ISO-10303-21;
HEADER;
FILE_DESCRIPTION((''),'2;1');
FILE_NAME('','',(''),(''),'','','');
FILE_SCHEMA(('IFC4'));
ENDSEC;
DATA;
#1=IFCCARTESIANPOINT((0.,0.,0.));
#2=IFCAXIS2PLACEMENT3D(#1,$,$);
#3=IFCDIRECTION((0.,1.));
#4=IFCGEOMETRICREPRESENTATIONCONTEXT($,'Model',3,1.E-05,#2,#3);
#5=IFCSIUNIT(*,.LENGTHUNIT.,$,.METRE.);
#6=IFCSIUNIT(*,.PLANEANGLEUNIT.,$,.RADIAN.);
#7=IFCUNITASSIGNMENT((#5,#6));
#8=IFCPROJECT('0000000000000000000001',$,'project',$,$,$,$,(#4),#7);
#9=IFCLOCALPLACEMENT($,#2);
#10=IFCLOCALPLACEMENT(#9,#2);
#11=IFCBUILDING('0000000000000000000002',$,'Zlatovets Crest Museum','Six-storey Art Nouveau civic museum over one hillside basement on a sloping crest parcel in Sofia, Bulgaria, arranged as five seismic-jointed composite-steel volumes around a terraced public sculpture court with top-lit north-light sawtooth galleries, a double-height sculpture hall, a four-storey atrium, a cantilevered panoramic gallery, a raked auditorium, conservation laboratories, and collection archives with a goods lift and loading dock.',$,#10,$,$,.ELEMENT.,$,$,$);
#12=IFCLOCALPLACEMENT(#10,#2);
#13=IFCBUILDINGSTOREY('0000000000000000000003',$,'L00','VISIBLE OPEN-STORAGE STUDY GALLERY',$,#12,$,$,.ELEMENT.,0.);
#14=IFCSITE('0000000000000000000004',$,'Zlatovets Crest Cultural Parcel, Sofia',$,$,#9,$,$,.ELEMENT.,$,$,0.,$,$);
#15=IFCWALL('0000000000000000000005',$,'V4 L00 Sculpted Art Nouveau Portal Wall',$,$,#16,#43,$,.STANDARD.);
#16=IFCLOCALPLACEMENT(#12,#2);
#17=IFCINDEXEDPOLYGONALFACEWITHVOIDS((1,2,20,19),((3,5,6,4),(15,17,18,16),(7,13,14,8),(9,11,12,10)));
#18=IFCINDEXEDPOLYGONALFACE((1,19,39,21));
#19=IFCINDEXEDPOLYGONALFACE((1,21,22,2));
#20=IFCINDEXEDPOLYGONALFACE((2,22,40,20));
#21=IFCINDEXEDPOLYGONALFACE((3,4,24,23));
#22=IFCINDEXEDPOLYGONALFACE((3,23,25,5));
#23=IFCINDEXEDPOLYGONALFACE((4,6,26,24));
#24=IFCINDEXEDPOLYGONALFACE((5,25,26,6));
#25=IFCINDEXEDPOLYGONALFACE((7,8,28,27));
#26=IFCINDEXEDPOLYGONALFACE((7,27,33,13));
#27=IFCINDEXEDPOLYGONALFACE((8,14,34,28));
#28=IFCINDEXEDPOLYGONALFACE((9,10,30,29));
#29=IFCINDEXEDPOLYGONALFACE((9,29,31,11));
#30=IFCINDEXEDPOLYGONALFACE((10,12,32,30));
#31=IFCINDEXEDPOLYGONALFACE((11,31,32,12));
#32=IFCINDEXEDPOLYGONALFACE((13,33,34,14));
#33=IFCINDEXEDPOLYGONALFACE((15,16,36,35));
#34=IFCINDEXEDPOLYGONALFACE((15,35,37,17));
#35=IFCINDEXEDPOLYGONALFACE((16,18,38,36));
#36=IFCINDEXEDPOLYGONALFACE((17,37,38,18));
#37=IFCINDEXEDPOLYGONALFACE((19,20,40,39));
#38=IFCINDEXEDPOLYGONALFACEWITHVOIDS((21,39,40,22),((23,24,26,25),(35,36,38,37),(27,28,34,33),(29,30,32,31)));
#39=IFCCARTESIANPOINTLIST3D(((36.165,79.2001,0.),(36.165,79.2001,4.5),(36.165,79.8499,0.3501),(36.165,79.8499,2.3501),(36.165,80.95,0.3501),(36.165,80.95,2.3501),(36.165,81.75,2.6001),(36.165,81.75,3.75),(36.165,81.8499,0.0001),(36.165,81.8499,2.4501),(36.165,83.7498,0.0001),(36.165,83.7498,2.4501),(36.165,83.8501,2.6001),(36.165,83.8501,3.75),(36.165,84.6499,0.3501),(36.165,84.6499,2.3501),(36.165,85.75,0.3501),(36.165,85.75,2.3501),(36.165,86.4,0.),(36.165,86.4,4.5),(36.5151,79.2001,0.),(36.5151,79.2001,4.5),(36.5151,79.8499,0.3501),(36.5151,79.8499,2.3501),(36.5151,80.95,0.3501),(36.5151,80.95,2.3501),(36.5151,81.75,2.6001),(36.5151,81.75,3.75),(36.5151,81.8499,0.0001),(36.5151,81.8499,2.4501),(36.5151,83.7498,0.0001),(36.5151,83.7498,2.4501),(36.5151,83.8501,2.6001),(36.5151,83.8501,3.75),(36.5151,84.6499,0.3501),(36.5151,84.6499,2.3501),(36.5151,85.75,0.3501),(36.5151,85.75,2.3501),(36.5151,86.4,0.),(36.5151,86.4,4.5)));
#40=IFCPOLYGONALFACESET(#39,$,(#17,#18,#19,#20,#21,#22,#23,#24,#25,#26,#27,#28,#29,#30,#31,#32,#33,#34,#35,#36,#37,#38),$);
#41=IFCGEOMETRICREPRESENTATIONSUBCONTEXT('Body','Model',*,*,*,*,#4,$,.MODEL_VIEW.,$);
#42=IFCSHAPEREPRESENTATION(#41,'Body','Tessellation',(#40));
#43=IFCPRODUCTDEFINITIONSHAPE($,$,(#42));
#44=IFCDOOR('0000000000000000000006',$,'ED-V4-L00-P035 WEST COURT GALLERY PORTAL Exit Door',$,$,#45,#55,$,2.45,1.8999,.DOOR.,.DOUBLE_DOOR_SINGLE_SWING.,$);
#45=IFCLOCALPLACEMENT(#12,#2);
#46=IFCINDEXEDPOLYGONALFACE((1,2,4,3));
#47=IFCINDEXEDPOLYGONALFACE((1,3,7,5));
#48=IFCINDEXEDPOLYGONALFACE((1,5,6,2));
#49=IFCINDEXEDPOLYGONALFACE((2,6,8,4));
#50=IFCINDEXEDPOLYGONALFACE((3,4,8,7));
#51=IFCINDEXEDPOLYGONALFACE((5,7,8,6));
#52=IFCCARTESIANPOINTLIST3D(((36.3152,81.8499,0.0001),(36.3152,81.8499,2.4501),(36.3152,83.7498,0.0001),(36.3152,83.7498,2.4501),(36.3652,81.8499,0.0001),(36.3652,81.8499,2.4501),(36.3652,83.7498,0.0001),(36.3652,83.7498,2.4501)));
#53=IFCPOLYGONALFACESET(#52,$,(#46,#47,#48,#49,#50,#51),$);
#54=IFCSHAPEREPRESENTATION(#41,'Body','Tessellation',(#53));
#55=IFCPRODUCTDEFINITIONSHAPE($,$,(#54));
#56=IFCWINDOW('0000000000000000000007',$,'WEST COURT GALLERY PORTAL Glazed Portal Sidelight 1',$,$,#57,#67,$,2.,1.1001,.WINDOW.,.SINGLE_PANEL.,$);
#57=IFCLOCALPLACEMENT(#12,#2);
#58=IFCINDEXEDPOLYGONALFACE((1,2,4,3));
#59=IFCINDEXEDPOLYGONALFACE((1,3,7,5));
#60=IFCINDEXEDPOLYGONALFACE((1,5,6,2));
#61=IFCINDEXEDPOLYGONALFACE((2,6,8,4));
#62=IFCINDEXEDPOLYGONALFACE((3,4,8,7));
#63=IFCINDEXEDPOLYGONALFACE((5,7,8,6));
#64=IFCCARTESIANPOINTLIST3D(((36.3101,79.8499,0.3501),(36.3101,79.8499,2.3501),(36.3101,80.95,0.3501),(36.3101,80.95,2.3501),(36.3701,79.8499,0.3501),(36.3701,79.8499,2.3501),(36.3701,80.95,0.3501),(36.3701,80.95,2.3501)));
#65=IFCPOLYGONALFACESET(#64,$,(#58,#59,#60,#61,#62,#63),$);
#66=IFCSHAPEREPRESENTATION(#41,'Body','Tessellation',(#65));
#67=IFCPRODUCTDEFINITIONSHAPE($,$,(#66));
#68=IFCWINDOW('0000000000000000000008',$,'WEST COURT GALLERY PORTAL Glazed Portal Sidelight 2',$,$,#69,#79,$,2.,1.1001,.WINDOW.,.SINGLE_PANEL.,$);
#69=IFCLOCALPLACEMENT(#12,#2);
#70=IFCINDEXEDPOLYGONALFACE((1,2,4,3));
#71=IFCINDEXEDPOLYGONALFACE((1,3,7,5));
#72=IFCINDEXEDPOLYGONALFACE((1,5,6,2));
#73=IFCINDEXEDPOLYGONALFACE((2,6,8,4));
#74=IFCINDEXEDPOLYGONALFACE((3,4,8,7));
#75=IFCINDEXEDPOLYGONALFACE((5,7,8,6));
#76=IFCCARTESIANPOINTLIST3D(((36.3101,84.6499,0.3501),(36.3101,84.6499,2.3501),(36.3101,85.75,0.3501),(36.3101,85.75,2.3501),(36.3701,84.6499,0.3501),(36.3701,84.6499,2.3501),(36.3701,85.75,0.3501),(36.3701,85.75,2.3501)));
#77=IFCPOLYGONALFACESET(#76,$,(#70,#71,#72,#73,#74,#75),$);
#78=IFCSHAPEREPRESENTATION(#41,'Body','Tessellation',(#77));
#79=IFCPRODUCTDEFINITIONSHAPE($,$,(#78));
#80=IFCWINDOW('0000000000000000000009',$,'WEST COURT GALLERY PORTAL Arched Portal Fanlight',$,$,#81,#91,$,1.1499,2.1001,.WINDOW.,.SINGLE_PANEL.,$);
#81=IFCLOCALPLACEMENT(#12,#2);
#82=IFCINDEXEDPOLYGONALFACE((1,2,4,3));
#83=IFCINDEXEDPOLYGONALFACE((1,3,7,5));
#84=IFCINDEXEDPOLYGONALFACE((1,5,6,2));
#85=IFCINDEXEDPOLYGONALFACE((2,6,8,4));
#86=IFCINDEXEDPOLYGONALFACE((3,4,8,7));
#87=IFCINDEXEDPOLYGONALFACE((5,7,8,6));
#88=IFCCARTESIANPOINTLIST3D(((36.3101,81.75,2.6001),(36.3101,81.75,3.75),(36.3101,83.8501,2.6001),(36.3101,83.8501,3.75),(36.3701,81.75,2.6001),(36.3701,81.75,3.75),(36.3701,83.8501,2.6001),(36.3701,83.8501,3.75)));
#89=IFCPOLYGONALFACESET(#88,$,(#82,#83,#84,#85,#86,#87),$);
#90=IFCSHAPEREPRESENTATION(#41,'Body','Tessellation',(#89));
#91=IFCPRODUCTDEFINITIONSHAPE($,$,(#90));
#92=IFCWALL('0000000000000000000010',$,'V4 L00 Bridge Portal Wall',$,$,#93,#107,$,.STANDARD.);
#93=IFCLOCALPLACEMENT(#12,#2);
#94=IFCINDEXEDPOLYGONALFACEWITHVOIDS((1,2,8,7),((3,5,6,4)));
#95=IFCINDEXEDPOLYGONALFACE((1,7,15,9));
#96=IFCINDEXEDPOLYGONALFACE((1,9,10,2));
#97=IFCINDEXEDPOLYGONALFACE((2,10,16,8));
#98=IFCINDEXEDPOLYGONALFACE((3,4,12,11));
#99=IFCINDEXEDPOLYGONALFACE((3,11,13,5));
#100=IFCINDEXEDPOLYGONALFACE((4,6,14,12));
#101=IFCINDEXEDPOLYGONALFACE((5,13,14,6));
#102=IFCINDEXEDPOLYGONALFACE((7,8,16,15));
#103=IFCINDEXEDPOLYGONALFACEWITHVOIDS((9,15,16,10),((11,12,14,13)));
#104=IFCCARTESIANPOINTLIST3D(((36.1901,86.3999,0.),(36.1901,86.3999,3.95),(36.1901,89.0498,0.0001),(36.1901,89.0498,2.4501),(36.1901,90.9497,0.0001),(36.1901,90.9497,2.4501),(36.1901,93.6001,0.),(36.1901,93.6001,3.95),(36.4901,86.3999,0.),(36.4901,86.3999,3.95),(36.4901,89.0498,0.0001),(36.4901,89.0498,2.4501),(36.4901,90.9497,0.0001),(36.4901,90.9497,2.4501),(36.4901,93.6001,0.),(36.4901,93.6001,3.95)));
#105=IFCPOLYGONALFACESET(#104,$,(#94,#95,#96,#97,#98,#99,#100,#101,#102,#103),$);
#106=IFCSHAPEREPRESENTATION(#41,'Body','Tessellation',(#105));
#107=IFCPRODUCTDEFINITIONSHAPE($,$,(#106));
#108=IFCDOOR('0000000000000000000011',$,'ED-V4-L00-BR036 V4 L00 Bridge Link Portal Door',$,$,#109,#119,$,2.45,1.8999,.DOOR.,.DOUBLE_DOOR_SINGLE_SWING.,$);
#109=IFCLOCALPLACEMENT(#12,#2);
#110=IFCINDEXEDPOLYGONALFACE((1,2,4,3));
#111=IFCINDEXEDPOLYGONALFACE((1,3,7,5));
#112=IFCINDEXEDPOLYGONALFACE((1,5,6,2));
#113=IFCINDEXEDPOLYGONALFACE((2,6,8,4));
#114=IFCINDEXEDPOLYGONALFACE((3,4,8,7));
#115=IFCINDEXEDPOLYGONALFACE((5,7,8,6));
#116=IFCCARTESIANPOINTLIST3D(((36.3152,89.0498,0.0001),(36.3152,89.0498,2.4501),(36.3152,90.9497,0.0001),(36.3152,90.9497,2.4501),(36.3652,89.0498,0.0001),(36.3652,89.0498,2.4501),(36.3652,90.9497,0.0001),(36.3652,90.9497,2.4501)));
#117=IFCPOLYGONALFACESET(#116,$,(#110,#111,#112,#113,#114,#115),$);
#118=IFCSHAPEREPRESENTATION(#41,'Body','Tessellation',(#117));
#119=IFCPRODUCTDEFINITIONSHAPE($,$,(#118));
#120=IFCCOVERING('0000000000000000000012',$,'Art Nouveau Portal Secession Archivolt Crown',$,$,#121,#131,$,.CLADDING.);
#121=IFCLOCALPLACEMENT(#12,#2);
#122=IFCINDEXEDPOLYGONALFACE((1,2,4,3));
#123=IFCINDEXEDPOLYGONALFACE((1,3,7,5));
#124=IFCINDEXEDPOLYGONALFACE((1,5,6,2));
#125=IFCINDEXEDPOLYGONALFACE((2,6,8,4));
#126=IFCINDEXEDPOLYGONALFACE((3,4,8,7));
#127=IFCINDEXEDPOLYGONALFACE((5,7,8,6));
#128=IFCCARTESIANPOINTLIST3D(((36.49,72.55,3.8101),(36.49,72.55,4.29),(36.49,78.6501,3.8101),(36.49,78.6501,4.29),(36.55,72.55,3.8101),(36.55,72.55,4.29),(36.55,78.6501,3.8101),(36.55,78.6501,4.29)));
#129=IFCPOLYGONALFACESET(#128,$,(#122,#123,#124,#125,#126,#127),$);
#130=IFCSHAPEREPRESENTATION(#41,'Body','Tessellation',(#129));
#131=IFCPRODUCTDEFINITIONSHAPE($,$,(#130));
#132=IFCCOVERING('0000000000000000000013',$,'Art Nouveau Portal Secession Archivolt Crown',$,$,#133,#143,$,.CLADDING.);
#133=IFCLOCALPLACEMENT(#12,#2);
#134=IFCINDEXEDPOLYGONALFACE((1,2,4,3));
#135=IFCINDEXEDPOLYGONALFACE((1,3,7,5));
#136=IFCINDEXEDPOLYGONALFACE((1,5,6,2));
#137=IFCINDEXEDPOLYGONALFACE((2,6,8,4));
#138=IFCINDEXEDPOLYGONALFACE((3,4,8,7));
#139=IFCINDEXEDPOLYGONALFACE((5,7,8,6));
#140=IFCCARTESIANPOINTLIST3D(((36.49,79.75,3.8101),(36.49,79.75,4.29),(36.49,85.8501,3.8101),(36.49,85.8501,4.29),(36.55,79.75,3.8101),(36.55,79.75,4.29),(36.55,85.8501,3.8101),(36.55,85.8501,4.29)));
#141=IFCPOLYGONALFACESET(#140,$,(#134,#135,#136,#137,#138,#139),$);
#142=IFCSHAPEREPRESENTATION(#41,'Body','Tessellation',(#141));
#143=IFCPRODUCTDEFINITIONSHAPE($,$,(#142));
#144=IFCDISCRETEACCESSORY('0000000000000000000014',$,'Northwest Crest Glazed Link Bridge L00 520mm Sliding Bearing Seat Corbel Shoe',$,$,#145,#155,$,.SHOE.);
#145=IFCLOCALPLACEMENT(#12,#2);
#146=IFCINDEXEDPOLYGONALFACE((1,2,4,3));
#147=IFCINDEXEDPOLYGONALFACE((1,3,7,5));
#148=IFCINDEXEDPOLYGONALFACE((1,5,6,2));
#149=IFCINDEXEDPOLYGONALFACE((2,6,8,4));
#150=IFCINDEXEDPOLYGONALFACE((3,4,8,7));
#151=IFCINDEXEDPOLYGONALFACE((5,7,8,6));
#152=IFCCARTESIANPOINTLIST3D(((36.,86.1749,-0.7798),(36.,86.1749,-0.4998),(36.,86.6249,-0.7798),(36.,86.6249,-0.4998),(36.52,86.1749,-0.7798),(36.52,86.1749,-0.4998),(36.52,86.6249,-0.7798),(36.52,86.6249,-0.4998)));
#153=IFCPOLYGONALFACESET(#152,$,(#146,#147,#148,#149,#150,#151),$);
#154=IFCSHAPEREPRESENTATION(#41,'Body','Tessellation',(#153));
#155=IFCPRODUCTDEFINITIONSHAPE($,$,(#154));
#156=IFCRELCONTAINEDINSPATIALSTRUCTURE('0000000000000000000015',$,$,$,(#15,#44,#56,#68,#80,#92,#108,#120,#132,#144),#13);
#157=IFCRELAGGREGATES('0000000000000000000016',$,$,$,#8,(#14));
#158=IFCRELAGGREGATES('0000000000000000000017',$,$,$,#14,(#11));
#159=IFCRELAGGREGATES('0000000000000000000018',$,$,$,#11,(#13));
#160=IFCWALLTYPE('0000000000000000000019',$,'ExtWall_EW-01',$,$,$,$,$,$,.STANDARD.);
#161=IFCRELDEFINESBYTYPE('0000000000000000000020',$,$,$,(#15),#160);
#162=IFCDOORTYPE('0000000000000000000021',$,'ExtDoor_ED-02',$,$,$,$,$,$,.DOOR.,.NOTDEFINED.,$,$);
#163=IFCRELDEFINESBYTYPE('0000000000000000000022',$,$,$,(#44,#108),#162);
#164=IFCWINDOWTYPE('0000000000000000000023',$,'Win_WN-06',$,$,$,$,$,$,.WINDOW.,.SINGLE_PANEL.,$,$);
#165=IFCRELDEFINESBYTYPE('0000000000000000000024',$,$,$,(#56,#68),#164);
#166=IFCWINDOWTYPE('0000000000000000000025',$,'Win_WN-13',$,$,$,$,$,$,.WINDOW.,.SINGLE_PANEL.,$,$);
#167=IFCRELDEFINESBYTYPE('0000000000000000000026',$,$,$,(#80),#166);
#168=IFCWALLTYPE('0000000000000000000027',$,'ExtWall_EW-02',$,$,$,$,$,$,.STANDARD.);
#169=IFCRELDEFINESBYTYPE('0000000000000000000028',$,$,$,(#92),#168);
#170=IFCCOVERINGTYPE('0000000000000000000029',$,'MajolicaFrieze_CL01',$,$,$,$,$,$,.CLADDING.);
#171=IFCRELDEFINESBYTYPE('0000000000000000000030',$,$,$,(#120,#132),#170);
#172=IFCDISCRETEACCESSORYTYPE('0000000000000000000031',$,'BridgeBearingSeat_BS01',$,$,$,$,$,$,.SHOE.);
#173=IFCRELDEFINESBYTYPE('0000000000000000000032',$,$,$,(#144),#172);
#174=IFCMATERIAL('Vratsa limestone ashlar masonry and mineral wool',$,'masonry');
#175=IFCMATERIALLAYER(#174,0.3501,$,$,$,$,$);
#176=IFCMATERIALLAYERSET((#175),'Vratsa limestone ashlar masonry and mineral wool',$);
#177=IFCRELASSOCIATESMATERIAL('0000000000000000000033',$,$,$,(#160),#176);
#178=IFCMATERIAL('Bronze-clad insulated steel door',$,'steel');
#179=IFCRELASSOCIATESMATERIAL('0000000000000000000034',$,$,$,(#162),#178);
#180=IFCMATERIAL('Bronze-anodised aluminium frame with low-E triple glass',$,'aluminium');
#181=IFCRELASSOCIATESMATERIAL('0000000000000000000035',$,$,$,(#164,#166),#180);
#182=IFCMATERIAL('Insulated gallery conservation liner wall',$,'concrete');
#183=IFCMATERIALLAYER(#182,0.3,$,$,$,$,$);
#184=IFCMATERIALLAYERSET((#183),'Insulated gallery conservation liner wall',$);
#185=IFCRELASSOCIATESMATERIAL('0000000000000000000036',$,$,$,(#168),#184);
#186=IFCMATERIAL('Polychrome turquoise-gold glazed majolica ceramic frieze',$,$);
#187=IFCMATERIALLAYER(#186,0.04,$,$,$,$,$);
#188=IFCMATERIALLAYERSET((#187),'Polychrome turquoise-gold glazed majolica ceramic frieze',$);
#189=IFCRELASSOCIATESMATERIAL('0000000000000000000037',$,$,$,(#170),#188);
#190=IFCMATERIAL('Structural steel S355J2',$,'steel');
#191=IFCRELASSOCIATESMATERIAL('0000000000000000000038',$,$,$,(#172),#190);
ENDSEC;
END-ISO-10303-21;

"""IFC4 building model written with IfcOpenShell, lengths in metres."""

from ifc_helpers import new_model, si_unit, direction, frame, frame_2d, origin, origin_2d, place, context, subcontext, project, spatial, rectangle, extrude, material, layer, layer_set, type_object, element, fill, save


model = new_model("IFC4")

# Units and contexts
model_context = context("Model", 3, precision=1e-05, world=origin(), true_north=direction((0.0, 1.0)))
body_context = subcontext(model_context, "Body", "Model", "MODEL_VIEW")
ifc_project = project(units=[si_unit("LENGTHUNIT", "METRE"), si_unit("PLANEANGLEUNIT", "RADIAN")], contexts=[model_context])

# Site, building, storey
site_placement = place(None, origin())
site = spatial("IfcSite", under=ifc_project, at=site_placement, Name="Zlatovets Crest Cultural Parcel, Sofia", CompositionType="ELEMENT", RefElevation=0.0)
building_placement = place(site_placement, origin())
building = spatial("IfcBuilding", under=site, at=building_placement, Name="Zlatovets Crest Museum", Description="Six-storey Art Nouveau civic museum over one hillside basement on a sloping crest parcel in Sofia, Bulgaria, arranged as five seismic-jointed composite-steel volumes around a terraced public sculpture court with top-lit north-light sawtooth galleries, a double-height sculpture hall, a four-storey atrium, a cantilevered panoramic gallery, a raked auditorium, conservation laboratories, and collection archives with a goods lift and loading dock.", CompositionType="ELEMENT")
storey_placement = place(building_placement, origin())
storey = spatial("IfcBuildingStorey", under=building, at=storey_placement, Name="L00", Description="VISIBLE OPEN-STORAGE STUDY GALLERY", CompositionType="ELEMENT", Elevation=0.0)

# Shared definitions
ifc_material_1 = material(Name="Structural steel S355J2", Category="steel")

# Wall, openings, door, windows
ifc_material_2 = material(Name="Vratsa limestone ashlar masonry and mineral wool", Category="masonry")
ifc_layer_1 = layer(ifc_material_2, 0.3501)
ifc_layer_set_1 = layer_set([ifc_layer_1], Name="Vratsa limestone ashlar masonry and mineral wool")
wall_type_1 = type_object("IfcWallType", Name="ExtWall_EW-01", PredefinedType="STANDARD", material=ifc_layer_set_1)
ifc_material_3 = material(Name="Bronze-clad insulated steel door", Category="steel")
door_type = type_object("IfcDoorType", Name="ExtDoor_ED-02", OperationType="NOTDEFINED", PredefinedType="DOOR", material=ifc_material_3)
ifc_material_4 = material(Name="Bronze-anodised aluminium frame with low-E triple glass", Category="aluminium")
window_type_1 = type_object("IfcWindowType", Name="Win_WN-06", PartitioningType="SINGLE_PANEL", PredefinedType="WINDOW", material=ifc_material_4)
window_type_2 = type_object("IfcWindowType", Name="Win_WN-13", PartitioningType="SINGLE_PANEL", PredefinedType="WINDOW", material=ifc_material_4)
wall_1_placement = place(storey_placement, frame((36.3401, 79.2, 0.0), z_axis=(0.0, 0.0, 1.0), x_axis=(0.0, 1.0, 0.0)))
wall_1 = element("IfcWall", 1, at=wall_1_placement, inside=storey, type_object=wall_type_1, Name="V4 L00 Sculpted Art Nouveau Portal Wall", PredefinedType="STANDARD", context=body_context, shape_type="SweptSolid", body=[
    extrude(rectangle(XDim=7.2, YDim=0.3501, at=frame_2d((3.6001, 0.0))), origin(), (0.0, 0.0, 1.0), 4.5),
])
opening_1_placement = place(wall_1_placement, frame((2.6499, 0.0, 0.0)))
opening_1 = element("IfcOpeningElement", 2, at=opening_1_placement, cuts=wall_1, PredefinedType="OPENING", context=body_context, shape_type="SweptSolid", body=[
    extrude(rectangle(XDim=1.8999, YDim=2.45, at=frame_2d((0.95, 1.2251))), frame((0.0, 0.1851, 0.0), z_axis=(0.0, -1.0, 0.0), x_axis=(1.0, 0.0, 0.0)), (0.0, 0.0, 1.0), 0.3701),
])
opening_2_placement = place(wall_1_placement, frame((2.55, 0.0, 2.6001)))
opening_2 = element("IfcOpeningElement", 3, at=opening_2_placement, cuts=wall_1, PredefinedType="OPENING", context=body_context, shape_type="SweptSolid", body=[
    extrude(rectangle(XDim=2.1001, YDim=1.1499, at=frame_2d((1.05, 0.575))), frame((0.0, 0.1851, 0.0), z_axis=(0.0, -1.0, 0.0), x_axis=(1.0, 0.0, 0.0)), (0.0, 0.0, 1.0), 0.3701),
])
opening_3_placement = place(wall_1_placement, frame((0.6499, 0.0, 0.3501)))
opening_3 = element("IfcOpeningElement", 4, at=opening_3_placement, cuts=wall_1, PredefinedType="OPENING", context=body_context, shape_type="SweptSolid", body=[
    extrude(rectangle(XDim=1.1001, YDim=2.0, at=frame_2d((0.55, 1.0))), frame((0.0, 0.1851, 0.0), z_axis=(0.0, -1.0, 0.0), x_axis=(1.0, 0.0, 0.0)), (0.0, 0.0, 1.0), 0.3701),
])
opening_4_placement = place(wall_1_placement, frame((5.45, 0.0, 0.3501)))
opening_4 = element("IfcOpeningElement", 5, at=opening_4_placement, cuts=wall_1, PredefinedType="OPENING", context=body_context, shape_type="SweptSolid", body=[
    extrude(rectangle(XDim=1.1001, YDim=2.0, at=frame_2d((0.55, 1.0))), frame((0.0, 0.1851, 0.0), z_axis=(0.0, -1.0, 0.0), x_axis=(1.0, 0.0, 0.0)), (0.0, 0.0, 1.0), 0.3701),
])
door_1_placement = place(opening_1_placement, origin())
door_1 = element("IfcDoor", 6, at=door_1_placement, inside=storey, type_object=door_type, Name="ED-V4-L00-P035 WEST COURT GALLERY PORTAL Exit Door", OperationType="DOUBLE_DOOR_SINGLE_SWING", OverallHeight=2.45, OverallWidth=1.8999, PredefinedType="DOOR", context=body_context, shape_type="SweptSolid", body=[
    extrude(rectangle(XDim=1.8999, YDim=2.45, at=frame_2d((0.95, 1.2251))), frame((0.0, 0.0249, 0.0), z_axis=(0.0, -1.0, 0.0), x_axis=(1.0, 0.0, 0.0)), (0.0, 0.0, 1.0), 0.05),
])
fill(opening_1, door_1)
window_1_placement = place(opening_3_placement, origin())
window_1 = element("IfcWindow", 7, at=window_1_placement, inside=storey, type_object=window_type_1, Name="WEST COURT GALLERY PORTAL Glazed Portal Sidelight 1", OverallHeight=2.0, OverallWidth=1.1001, PartitioningType="SINGLE_PANEL", PredefinedType="WINDOW", context=body_context, shape_type="SweptSolid", body=[
    extrude(rectangle(XDim=1.1001, YDim=2.0, at=frame_2d((0.55, 1.0))), frame((0.0, 0.03, 0.0), z_axis=(0.0, -1.0, 0.0), x_axis=(1.0, 0.0, 0.0)), (0.0, 0.0, 1.0), 0.0601),
])
fill(opening_3, window_1)
window_2_placement = place(opening_4_placement, origin())
window_2 = element("IfcWindow", 8, at=window_2_placement, inside=storey, type_object=window_type_1, Name="WEST COURT GALLERY PORTAL Glazed Portal Sidelight 2", OverallHeight=2.0, OverallWidth=1.1001, PartitioningType="SINGLE_PANEL", PredefinedType="WINDOW", context=body_context, shape_type="SweptSolid", body=[
    extrude(rectangle(XDim=1.1001, YDim=2.0, at=frame_2d((0.55, 1.0))), frame((0.0, 0.03, 0.0), z_axis=(0.0, -1.0, 0.0), x_axis=(1.0, 0.0, 0.0)), (0.0, 0.0, 1.0), 0.0601),
])
fill(opening_4, window_2)
window_3_placement = place(opening_2_placement, origin())
window_3 = element("IfcWindow", 9, at=window_3_placement, inside=storey, type_object=window_type_2, Name="WEST COURT GALLERY PORTAL Arched Portal Fanlight", OverallHeight=1.1499, OverallWidth=2.1001, PartitioningType="SINGLE_PANEL", PredefinedType="WINDOW", context=body_context, shape_type="SweptSolid", body=[
    extrude(rectangle(XDim=2.1001, YDim=1.1499, at=frame_2d((1.05, 0.575))), frame((0.0, 0.03, 0.0), z_axis=(0.0, -1.0, 0.0), x_axis=(1.0, 0.0, 0.0)), (0.0, 0.0, 1.0), 0.0601),
])
fill(opening_2, window_3)

# Wall, opening, door
ifc_material_5 = material(Name="Insulated gallery conservation liner wall", Category="concrete")
ifc_layer_2 = layer(ifc_material_5, 0.3)
ifc_layer_set_2 = layer_set([ifc_layer_2], Name="Insulated gallery conservation liner wall")
wall_type_2 = type_object("IfcWallType", Name="ExtWall_EW-02", PredefinedType="STANDARD", material=ifc_layer_set_2)
wall_2_placement = place(storey_placement, frame((36.3401, 86.3999, 0.0), z_axis=(0.0, 0.0, 1.0), x_axis=(0.0, 1.0, 0.0)))
wall_2 = element("IfcWall", 10, at=wall_2_placement, inside=storey, type_object=wall_type_2, Name="V4 L00 Bridge Portal Wall", PredefinedType="STANDARD", context=body_context, shape_type="SweptSolid", body=[
    extrude(rectangle(XDim=7.2002, YDim=0.3, at=frame_2d((3.6001, 0.0))), origin(), (0.0, 0.0, 1.0), 3.95),
])
opening_5_placement = place(wall_2_placement, frame((2.6499, 0.0, 0.0)))
opening_5 = element("IfcOpeningElement", 11, at=opening_5_placement, cuts=wall_2, PredefinedType="OPENING", context=body_context, shape_type="SweptSolid", body=[
    extrude(rectangle(XDim=1.8999, YDim=2.45, at=frame_2d((0.95, 1.2251))), frame((0.0, 0.1602, 0.0), z_axis=(0.0, -1.0, 0.0), x_axis=(1.0, 0.0, 0.0)), (0.0, 0.0, 1.0), 0.3201),
])
door_2_placement = place(opening_5_placement, origin())
door_2 = element("IfcDoor", 12, at=door_2_placement, inside=storey, type_object=door_type, Name="ED-V4-L00-BR036 V4 L00 Bridge Link Portal Door", OperationType="DOUBLE_DOOR_SINGLE_SWING", OverallHeight=2.45, OverallWidth=1.8999, PredefinedType="DOOR", context=body_context, shape_type="SweptSolid", body=[
    extrude(rectangle(XDim=1.8999, YDim=2.45, at=frame_2d((0.95, 1.2251))), frame((0.0, 0.0249, 0.0), z_axis=(0.0, -1.0, 0.0), x_axis=(1.0, 0.0, 0.0)), (0.0, 0.0, 1.0), 0.05),
])
fill(opening_5, door_2)

# Coverings
ifc_material_6 = material(Name="Polychrome turquoise-gold glazed majolica ceramic frieze")
ifc_layer_3 = layer(ifc_material_6, 0.04)
ifc_layer_set_3 = layer_set([ifc_layer_3], Name="Polychrome turquoise-gold glazed majolica ceramic frieze")
covering_type = type_object("IfcCoveringType", Name="MajolicaFrieze_CL01", PredefinedType="CLADDING", material=ifc_layer_set_3)
for number, where, z_axis, x_axis, name in (
    (13, (36.52, 75.6001, 3.8101), (0.0, 0.0, 1.0), (0.0, 1.0, 0.0), "Art Nouveau Portal Secession Archivolt Crown"),
    (14, (36.52, 82.8, 3.8101), (0.0, 0.0, 1.0), (0.0, 1.0, 0.0), "Art Nouveau Portal Secession Archivolt Crown"),
):
    element("IfcCovering", number, at=place(storey_placement, frame(where, z_axis=z_axis, x_axis=x_axis)), inside=storey, type_object=covering_type, Name=name, PredefinedType="CLADDING", context=body_context, shape_type="SweptSolid", body=[
        extrude(rectangle(XDim=6.1001, YDim=0.0601, at=origin_2d()), origin(), (0.0, 0.0, 1.0), 0.48),
    ])

# Discrete accessory
discrete_accessory_type = type_object("IfcDiscreteAccessoryType", Name="BridgeBearingSeat_BS01", PredefinedType="SHOE", material=ifc_material_1)
discrete_accessory_placement = place(storey_placement, frame((36.26, 86.3999, -0.7798), z_axis=(0.0, 0.0, 1.0), x_axis=(1.0, 0.0, 0.0)))
element("IfcDiscreteAccessory", 15, at=discrete_accessory_placement, inside=storey, type_object=discrete_accessory_type, Name="Northwest Crest Glazed Link Bridge L00 520mm Sliding Bearing Seat Corbel Shoe", PredefinedType="SHOE", context=body_context, shape_type="SweptSolid", body=[
    extrude(rectangle(XDim=0.52, YDim=0.45, at=origin_2d()), origin(), (0.0, 0.0, 1.0), 0.28),
])

save(model, "model.ifc")
